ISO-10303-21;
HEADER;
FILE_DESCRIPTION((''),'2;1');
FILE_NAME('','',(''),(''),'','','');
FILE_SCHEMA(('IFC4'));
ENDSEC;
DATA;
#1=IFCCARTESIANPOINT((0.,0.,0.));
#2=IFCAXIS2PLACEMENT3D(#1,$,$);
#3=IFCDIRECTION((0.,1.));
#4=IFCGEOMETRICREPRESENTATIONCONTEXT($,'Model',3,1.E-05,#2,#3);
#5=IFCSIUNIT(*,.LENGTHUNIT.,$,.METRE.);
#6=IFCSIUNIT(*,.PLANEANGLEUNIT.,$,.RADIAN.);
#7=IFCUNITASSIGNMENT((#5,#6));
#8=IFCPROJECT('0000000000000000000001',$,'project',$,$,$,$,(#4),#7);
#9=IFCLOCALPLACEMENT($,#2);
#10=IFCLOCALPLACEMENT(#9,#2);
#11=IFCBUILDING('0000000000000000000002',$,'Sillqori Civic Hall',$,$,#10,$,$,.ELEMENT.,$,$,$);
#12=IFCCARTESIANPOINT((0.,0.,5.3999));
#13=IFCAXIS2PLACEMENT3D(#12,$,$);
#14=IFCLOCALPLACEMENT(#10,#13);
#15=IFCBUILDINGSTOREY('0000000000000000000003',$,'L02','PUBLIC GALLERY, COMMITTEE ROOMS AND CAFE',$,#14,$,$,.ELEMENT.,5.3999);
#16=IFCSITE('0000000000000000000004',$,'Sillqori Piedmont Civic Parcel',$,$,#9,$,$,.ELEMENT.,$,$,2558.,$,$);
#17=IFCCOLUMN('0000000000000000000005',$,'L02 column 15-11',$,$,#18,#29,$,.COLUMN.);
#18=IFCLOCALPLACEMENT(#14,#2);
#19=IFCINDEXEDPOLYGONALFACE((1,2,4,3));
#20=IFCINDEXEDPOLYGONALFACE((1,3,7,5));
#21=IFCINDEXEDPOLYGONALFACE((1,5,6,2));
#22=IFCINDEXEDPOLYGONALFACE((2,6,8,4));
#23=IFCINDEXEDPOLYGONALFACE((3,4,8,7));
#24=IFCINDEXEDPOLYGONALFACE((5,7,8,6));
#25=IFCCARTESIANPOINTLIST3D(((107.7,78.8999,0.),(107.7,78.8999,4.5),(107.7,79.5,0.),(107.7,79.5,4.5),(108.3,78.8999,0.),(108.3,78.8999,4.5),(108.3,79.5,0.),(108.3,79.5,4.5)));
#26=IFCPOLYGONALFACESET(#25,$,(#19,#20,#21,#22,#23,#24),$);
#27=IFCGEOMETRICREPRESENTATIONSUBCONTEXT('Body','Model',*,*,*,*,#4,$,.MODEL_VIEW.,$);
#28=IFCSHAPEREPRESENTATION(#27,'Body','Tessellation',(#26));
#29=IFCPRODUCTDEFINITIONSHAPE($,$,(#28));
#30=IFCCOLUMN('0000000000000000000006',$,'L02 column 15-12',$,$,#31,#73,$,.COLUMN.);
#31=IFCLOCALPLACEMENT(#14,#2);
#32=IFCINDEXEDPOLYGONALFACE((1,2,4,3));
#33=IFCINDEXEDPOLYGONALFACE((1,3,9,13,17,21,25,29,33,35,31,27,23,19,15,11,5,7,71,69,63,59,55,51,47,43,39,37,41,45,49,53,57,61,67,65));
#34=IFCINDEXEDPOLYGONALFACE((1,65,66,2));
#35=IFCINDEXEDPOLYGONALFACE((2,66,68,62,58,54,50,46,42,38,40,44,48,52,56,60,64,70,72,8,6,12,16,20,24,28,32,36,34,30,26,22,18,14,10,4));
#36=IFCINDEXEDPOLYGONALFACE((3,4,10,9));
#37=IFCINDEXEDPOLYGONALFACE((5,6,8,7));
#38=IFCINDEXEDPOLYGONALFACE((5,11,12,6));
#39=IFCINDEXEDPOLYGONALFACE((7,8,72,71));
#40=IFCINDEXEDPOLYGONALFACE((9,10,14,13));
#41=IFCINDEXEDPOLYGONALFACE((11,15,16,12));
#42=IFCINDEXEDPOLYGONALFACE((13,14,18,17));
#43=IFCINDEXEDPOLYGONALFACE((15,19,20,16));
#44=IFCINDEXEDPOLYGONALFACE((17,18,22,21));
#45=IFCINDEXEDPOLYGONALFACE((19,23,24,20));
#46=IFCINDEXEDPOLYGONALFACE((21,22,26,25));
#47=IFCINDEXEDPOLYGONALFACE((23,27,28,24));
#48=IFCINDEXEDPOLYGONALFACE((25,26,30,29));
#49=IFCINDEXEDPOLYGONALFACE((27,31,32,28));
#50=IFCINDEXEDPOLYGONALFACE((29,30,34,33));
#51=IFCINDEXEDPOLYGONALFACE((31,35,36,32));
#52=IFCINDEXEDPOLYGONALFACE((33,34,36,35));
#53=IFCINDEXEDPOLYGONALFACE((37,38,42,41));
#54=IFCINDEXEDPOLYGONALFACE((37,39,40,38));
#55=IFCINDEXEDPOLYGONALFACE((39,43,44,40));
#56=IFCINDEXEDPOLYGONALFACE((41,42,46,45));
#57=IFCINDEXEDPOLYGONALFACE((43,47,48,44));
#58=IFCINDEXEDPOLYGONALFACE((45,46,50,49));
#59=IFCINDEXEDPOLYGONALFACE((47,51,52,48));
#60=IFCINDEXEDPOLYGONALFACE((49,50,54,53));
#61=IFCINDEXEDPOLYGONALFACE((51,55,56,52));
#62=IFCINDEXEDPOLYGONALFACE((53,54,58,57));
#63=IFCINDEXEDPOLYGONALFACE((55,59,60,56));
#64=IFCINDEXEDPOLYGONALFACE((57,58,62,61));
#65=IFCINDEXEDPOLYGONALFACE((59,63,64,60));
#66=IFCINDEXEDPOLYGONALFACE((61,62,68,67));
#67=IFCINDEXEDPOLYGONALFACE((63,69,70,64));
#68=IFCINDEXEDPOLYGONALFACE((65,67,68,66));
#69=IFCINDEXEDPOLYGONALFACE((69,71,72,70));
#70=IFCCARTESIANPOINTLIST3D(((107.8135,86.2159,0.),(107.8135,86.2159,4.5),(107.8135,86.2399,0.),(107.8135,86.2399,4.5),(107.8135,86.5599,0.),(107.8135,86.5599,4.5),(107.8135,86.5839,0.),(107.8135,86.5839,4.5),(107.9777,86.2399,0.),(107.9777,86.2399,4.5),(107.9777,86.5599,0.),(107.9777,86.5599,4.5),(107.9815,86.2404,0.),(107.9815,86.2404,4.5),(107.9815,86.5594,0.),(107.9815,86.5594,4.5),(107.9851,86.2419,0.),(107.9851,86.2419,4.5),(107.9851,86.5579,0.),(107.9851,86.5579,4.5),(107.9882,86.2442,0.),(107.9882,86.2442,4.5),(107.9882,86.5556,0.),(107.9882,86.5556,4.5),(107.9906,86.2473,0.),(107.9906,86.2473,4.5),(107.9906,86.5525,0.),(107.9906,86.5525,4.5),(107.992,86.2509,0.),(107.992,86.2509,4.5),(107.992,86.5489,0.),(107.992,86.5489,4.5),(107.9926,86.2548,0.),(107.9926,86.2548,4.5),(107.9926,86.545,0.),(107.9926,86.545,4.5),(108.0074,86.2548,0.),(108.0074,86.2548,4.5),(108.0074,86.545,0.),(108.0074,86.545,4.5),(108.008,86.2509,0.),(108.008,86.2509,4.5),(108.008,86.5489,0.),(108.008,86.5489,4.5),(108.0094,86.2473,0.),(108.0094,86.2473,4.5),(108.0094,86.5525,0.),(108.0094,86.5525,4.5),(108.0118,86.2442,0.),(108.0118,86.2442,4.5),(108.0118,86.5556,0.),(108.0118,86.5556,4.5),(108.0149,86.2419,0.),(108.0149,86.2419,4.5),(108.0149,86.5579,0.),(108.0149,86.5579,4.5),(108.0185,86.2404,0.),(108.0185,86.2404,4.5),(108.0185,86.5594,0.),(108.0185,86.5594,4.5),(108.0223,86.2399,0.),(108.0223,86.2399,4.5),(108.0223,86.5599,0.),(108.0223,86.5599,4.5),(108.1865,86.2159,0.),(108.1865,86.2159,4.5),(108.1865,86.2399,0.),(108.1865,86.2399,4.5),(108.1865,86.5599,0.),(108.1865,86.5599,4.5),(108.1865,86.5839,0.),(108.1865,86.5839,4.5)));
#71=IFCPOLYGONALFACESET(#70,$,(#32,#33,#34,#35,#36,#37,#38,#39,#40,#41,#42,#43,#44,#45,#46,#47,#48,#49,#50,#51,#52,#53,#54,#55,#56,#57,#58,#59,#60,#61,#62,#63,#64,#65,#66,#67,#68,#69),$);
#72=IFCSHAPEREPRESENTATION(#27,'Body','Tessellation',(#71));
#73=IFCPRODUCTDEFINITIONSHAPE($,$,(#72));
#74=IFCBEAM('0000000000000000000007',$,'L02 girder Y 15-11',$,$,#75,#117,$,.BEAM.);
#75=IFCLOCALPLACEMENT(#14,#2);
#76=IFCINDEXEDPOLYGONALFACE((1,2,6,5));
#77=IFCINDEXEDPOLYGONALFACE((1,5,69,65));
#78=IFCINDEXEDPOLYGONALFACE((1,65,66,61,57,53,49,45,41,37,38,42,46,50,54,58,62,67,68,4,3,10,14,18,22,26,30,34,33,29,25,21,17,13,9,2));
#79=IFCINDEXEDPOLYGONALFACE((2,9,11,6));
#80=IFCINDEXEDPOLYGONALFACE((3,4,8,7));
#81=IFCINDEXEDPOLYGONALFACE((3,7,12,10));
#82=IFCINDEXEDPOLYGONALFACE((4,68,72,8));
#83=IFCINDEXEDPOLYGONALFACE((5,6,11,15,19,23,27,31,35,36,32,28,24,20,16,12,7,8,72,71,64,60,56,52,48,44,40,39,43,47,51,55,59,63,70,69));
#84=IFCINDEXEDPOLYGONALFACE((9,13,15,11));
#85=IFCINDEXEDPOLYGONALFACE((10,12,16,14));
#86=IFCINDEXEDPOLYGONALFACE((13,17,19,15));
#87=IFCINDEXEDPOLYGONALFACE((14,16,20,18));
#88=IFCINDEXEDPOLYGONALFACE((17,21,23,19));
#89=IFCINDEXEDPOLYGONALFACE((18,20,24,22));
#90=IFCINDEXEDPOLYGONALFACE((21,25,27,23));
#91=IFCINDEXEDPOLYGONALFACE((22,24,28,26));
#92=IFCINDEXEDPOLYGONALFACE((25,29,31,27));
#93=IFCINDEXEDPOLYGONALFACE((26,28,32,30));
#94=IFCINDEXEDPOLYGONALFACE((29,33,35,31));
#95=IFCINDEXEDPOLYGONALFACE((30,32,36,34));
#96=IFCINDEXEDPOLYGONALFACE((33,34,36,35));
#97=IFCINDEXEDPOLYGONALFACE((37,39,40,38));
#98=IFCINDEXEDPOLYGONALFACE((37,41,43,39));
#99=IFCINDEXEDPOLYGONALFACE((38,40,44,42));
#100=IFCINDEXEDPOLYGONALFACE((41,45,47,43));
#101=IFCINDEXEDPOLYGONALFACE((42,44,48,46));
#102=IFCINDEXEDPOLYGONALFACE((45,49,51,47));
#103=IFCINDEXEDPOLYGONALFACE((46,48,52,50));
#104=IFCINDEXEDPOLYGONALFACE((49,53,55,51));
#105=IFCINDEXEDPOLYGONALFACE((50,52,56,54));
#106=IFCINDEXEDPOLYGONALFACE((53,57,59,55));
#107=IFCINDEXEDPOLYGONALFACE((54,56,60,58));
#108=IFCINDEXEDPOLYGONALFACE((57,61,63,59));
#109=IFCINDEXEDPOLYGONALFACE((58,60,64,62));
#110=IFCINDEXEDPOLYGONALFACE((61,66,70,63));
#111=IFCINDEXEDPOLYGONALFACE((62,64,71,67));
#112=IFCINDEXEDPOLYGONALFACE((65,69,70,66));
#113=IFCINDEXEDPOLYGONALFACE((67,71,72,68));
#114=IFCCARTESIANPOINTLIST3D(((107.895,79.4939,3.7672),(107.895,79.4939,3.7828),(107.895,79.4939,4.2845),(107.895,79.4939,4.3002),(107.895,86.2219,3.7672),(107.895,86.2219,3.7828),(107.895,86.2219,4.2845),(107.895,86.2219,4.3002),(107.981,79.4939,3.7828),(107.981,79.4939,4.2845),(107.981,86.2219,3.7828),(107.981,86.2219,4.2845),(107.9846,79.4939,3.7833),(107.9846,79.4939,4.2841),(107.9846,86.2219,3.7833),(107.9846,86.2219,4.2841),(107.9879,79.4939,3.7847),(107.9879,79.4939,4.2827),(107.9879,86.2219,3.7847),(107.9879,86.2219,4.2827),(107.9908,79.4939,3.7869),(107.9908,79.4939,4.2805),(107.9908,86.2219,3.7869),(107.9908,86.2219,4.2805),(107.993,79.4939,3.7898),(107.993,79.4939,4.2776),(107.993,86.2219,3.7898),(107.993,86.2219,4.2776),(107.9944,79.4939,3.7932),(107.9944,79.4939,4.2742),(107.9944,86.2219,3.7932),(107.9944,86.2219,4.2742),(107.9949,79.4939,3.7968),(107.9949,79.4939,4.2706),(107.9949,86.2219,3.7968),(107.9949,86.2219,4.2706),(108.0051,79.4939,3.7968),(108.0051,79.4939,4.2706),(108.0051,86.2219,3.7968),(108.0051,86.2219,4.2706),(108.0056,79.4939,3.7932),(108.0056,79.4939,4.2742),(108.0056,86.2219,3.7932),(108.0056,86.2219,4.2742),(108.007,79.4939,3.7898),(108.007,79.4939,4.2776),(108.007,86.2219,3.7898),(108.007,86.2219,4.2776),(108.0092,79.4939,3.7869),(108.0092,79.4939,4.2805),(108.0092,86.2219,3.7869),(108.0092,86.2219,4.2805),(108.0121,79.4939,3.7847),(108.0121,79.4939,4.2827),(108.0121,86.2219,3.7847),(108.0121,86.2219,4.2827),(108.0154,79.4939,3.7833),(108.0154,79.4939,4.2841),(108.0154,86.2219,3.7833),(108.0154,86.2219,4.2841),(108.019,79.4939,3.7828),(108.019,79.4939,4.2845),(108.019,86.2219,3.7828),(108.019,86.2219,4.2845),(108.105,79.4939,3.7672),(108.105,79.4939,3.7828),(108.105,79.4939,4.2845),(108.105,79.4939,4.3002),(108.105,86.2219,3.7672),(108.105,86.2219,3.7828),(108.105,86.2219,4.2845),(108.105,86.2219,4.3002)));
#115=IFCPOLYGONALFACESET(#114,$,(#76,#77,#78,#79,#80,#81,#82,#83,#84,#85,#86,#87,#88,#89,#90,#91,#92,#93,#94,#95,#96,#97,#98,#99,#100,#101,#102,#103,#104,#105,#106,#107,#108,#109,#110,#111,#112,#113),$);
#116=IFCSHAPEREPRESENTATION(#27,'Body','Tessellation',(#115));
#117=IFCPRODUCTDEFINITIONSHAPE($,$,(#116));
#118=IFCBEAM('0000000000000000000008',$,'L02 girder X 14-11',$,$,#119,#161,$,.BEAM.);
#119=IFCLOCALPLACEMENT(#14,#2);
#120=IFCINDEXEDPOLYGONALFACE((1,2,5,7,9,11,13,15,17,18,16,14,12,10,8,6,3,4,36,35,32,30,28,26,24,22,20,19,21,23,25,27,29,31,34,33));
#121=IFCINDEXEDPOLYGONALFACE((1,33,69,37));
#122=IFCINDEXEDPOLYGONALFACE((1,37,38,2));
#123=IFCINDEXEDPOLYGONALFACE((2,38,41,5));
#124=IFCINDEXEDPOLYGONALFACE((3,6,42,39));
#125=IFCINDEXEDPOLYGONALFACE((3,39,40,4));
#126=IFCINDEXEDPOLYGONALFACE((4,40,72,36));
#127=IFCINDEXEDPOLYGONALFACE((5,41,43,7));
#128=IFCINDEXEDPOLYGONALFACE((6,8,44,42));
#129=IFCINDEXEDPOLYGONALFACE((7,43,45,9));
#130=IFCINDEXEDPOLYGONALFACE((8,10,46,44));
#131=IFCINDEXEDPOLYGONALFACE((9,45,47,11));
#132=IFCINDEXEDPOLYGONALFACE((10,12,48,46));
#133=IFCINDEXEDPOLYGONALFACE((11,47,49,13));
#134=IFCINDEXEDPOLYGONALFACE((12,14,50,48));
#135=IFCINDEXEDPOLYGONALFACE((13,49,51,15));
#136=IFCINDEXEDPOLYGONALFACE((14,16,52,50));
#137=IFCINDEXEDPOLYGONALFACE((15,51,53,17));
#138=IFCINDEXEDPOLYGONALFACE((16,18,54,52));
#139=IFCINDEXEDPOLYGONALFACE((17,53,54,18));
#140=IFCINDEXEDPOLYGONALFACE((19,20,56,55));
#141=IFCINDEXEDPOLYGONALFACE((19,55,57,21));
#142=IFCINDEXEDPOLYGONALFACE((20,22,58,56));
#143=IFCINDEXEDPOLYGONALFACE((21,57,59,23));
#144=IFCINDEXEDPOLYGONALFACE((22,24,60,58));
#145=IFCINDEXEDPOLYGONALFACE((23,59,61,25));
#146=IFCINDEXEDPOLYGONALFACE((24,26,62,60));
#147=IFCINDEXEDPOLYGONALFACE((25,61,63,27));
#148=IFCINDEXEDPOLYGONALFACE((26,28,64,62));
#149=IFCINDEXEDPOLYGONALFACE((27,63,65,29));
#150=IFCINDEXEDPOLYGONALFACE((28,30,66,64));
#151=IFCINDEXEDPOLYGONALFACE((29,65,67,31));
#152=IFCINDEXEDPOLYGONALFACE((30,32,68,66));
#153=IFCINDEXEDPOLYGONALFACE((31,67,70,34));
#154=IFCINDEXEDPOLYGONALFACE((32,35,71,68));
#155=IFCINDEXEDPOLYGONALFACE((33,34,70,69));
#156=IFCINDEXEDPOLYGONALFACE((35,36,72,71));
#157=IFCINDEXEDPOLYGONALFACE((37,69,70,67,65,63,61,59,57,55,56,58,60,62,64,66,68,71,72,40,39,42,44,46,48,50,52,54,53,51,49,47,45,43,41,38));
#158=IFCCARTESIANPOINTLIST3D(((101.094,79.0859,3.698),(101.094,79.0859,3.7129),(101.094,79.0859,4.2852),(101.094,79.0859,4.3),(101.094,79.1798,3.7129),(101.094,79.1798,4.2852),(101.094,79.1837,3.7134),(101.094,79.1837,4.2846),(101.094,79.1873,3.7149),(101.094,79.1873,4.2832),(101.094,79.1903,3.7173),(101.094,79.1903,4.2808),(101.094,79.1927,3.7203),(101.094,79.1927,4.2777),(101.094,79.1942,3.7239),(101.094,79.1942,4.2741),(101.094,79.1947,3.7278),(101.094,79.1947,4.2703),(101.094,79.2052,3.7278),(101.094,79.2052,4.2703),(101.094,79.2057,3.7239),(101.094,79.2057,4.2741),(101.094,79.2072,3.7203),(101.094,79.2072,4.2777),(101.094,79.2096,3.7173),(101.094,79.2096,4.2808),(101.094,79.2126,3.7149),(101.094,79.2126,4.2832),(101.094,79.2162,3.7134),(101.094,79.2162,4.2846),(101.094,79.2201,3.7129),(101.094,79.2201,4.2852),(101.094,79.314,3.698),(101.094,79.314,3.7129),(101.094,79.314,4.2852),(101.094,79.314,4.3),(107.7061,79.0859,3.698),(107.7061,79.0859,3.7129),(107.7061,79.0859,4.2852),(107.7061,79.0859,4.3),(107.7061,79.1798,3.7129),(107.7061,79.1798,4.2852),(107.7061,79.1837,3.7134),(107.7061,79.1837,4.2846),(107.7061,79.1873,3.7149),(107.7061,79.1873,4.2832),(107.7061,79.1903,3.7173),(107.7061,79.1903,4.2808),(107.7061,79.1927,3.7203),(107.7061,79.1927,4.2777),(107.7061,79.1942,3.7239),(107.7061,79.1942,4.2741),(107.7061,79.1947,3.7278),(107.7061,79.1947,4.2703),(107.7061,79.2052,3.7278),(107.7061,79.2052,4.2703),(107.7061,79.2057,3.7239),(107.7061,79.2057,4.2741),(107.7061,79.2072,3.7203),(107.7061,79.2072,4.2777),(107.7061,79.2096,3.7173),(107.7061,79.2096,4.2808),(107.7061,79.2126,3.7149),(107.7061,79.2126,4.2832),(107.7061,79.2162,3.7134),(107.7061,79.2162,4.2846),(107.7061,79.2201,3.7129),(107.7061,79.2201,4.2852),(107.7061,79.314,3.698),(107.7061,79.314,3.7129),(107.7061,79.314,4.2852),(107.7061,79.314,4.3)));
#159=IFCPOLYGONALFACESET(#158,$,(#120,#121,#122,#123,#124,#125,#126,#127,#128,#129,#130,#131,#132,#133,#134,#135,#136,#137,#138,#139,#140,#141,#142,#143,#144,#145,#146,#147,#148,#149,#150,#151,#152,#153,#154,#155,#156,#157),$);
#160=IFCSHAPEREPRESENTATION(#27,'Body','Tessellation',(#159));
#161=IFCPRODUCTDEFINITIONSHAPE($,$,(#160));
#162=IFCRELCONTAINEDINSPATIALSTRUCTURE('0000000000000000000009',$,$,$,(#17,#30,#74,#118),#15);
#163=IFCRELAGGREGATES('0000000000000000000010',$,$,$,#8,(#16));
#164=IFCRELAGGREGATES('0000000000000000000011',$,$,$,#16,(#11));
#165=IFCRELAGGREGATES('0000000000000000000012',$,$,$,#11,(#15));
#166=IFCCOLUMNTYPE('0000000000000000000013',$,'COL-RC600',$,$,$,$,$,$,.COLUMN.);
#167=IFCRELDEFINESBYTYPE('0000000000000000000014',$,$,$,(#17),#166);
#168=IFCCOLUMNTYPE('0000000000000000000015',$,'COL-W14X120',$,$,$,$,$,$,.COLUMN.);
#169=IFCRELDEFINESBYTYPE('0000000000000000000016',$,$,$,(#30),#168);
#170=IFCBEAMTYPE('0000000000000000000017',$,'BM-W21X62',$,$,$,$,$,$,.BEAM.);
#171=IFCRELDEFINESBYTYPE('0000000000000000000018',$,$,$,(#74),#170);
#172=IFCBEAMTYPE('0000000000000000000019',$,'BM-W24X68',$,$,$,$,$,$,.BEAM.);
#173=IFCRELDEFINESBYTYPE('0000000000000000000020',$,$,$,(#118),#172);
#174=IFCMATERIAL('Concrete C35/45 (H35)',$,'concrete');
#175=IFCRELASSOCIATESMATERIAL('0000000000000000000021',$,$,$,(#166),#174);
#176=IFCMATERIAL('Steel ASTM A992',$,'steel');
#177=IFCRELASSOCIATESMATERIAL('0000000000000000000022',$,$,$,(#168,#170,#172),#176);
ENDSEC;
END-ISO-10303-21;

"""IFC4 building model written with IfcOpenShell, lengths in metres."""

from ifc_helpers import new_model, si_unit, direction, frame, origin, origin_2d, place, context, subcontext, project, spatial, rectangle, i_section, extrude, material, material_profile, profile_set, type_object, element, save


model = new_model("IFC4")

# Units and contexts
model_context = context("Model", 3, precision=1e-05, world=origin(), true_north=direction((0.0, 1.0)))
body_context = subcontext(model_context, "Body", "Model", "MODEL_VIEW")
ifc_project = project(units=[si_unit("LENGTHUNIT", "METRE"), si_unit("PLANEANGLEUNIT", "RADIAN")], contexts=[model_context])

# Site, building, storey
site_placement = place(None, origin())
site = spatial("IfcSite", under=ifc_project, at=site_placement, Name="Sillqori Piedmont Civic Parcel", CompositionType="ELEMENT", RefElevation=2558.0)
building_placement = place(site_placement, origin())
building = spatial("IfcBuilding", under=site, at=building_placement, Name="Sillqori Civic Hall", CompositionType="ELEMENT")
storey_placement = place(building_placement, frame((0.0, 0.0, 5.3999)))
storey = spatial("IfcBuildingStorey", under=building, at=storey_placement, Name="L02", Description="PUBLIC GALLERY, COMMITTEE ROOMS AND CAFE", CompositionType="ELEMENT", Elevation=5.3999)

# Columns
ifc_material_1 = material(Name="Concrete C35/45 (H35)", Category="concrete")
ifc_material_profile_1 = material_profile(ifc_material_1, rectangle(XDim=0.6001, YDim=0.6001, at=origin_2d()), Name="RC 600x600")
ifc_profile_set_1 = profile_set([ifc_material_profile_1], Name="Concrete C35/45 (H35)")
column_type_1 = type_object("IfcColumnType", Name="COL-RC600", PredefinedType="COLUMN", material=ifc_profile_set_1)
column_1_placement = place(storey_placement, frame((108.0, 79.2, 0.0), z_axis=(0.0, 0.0, 1.0), x_axis=(1.0, 0.0, 0.0)))
element("IfcColumn", 1, at=column_1_placement, inside=storey, type_object=column_type_1, Name="L02 column 15-11", PredefinedType="COLUMN", context=body_context, shape_type="SweptSolid", body=[
    extrude(rectangle(XDim=0.6001, YDim=0.6001, at=origin_2d()), origin(), (0.0, 0.0, 1.0), 4.5),
])
ifc_material_2 = material(Name="Steel ASTM A992", Category="steel")
ifc_material_profile_2 = material_profile(ifc_material_2, i_section(OverallWidth=0.373, OverallDepth=0.3679, WebThickness=0.0149, FlangeThickness=0.0239, FilletRadius=0.0149, at=origin_2d()), Name="W14X120")
ifc_profile_set_2 = profile_set([ifc_material_profile_2], Name="Steel ASTM A992")
column_type_2 = type_object("IfcColumnType", Name="COL-W14X120", PredefinedType="COLUMN", material=ifc_profile_set_2)
column_2_placement = place(storey_placement, frame((108.0, 86.3999, 0.0), z_axis=(0.0, 0.0, 1.0), x_axis=(1.0, 0.0, 0.0)))
element("IfcColumn", 2, at=column_2_placement, inside=storey, type_object=column_type_2, Name="L02 column 15-12", PredefinedType="COLUMN", context=body_context, shape_type="SweptSolid", body=[
    extrude(i_section(OverallWidth=0.373, OverallDepth=0.3679, WebThickness=0.0149, FlangeThickness=0.0239, FilletRadius=0.0149, at=origin_2d()), origin(), (0.0, 0.0, 1.0), 4.5),
])

# Beams
ifc_material_profile_3 = material_profile(ifc_material_2, i_section(OverallWidth=0.21, OverallDepth=0.533, WebThickness=0.0103, FlangeThickness=0.0156, FilletRadius=0.0139, at=origin_2d()), Name="W21X62")
ifc_profile_set_3 = profile_set([ifc_material_profile_3], Name="Steel ASTM A992")
beam_type_1 = type_object("IfcBeamType", Name="BM-W21X62", PredefinedType="BEAM", material=ifc_profile_set_3)
beam_1_placement = place(storey_placement, frame((108.0, 79.4939, 4.0337), z_axis=(0.0, 1.0, 0.0), x_axis=(-1.0, 0.0, 0.0)))
element("IfcBeam", 3, at=beam_1_placement, inside=storey, type_object=beam_type_1, Name="L02 girder Y 15-11", PredefinedType="BEAM", context=body_context, shape_type="SweptSolid", body=[
    extrude(i_section(OverallWidth=0.21, OverallDepth=0.533, WebThickness=0.0103, FlangeThickness=0.0156, FilletRadius=0.0139, at=origin_2d()), origin(), (0.0, 0.0, 1.0), 6.728),
])
ifc_material_profile_4 = material_profile(ifc_material_2, i_section(OverallWidth=0.228, OverallDepth=0.6021, WebThickness=0.0105, FlangeThickness=0.0149, FilletRadius=0.0149, at=origin_2d()), Name="W24X68")
ifc_profile_set_4 = profile_set([ifc_material_profile_4], Name="Steel ASTM A992")
beam_type_2 = type_object("IfcBeamType", Name="BM-W24X68", PredefinedType="BEAM", material=ifc_profile_set_4)
beam_2_placement = place(storey_placement, frame((101.094, 79.2, 3.999), z_axis=(1.0, 0.0, 0.0), x_axis=(0.0, 1.0, 0.0)))
element("IfcBeam", 4, at=beam_2_placement, inside=storey, type_object=beam_type_2, Name="L02 girder X 14-11", PredefinedType="BEAM", context=body_context, shape_type="SweptSolid", body=[
    extrude(i_section(OverallWidth=0.228, OverallDepth=0.6021, WebThickness=0.0105, FlangeThickness=0.0149, FilletRadius=0.0149, at=origin_2d()), origin(), (0.0, 0.0, 1.0), 6.6121),
])

save(model, "model.ifc")
